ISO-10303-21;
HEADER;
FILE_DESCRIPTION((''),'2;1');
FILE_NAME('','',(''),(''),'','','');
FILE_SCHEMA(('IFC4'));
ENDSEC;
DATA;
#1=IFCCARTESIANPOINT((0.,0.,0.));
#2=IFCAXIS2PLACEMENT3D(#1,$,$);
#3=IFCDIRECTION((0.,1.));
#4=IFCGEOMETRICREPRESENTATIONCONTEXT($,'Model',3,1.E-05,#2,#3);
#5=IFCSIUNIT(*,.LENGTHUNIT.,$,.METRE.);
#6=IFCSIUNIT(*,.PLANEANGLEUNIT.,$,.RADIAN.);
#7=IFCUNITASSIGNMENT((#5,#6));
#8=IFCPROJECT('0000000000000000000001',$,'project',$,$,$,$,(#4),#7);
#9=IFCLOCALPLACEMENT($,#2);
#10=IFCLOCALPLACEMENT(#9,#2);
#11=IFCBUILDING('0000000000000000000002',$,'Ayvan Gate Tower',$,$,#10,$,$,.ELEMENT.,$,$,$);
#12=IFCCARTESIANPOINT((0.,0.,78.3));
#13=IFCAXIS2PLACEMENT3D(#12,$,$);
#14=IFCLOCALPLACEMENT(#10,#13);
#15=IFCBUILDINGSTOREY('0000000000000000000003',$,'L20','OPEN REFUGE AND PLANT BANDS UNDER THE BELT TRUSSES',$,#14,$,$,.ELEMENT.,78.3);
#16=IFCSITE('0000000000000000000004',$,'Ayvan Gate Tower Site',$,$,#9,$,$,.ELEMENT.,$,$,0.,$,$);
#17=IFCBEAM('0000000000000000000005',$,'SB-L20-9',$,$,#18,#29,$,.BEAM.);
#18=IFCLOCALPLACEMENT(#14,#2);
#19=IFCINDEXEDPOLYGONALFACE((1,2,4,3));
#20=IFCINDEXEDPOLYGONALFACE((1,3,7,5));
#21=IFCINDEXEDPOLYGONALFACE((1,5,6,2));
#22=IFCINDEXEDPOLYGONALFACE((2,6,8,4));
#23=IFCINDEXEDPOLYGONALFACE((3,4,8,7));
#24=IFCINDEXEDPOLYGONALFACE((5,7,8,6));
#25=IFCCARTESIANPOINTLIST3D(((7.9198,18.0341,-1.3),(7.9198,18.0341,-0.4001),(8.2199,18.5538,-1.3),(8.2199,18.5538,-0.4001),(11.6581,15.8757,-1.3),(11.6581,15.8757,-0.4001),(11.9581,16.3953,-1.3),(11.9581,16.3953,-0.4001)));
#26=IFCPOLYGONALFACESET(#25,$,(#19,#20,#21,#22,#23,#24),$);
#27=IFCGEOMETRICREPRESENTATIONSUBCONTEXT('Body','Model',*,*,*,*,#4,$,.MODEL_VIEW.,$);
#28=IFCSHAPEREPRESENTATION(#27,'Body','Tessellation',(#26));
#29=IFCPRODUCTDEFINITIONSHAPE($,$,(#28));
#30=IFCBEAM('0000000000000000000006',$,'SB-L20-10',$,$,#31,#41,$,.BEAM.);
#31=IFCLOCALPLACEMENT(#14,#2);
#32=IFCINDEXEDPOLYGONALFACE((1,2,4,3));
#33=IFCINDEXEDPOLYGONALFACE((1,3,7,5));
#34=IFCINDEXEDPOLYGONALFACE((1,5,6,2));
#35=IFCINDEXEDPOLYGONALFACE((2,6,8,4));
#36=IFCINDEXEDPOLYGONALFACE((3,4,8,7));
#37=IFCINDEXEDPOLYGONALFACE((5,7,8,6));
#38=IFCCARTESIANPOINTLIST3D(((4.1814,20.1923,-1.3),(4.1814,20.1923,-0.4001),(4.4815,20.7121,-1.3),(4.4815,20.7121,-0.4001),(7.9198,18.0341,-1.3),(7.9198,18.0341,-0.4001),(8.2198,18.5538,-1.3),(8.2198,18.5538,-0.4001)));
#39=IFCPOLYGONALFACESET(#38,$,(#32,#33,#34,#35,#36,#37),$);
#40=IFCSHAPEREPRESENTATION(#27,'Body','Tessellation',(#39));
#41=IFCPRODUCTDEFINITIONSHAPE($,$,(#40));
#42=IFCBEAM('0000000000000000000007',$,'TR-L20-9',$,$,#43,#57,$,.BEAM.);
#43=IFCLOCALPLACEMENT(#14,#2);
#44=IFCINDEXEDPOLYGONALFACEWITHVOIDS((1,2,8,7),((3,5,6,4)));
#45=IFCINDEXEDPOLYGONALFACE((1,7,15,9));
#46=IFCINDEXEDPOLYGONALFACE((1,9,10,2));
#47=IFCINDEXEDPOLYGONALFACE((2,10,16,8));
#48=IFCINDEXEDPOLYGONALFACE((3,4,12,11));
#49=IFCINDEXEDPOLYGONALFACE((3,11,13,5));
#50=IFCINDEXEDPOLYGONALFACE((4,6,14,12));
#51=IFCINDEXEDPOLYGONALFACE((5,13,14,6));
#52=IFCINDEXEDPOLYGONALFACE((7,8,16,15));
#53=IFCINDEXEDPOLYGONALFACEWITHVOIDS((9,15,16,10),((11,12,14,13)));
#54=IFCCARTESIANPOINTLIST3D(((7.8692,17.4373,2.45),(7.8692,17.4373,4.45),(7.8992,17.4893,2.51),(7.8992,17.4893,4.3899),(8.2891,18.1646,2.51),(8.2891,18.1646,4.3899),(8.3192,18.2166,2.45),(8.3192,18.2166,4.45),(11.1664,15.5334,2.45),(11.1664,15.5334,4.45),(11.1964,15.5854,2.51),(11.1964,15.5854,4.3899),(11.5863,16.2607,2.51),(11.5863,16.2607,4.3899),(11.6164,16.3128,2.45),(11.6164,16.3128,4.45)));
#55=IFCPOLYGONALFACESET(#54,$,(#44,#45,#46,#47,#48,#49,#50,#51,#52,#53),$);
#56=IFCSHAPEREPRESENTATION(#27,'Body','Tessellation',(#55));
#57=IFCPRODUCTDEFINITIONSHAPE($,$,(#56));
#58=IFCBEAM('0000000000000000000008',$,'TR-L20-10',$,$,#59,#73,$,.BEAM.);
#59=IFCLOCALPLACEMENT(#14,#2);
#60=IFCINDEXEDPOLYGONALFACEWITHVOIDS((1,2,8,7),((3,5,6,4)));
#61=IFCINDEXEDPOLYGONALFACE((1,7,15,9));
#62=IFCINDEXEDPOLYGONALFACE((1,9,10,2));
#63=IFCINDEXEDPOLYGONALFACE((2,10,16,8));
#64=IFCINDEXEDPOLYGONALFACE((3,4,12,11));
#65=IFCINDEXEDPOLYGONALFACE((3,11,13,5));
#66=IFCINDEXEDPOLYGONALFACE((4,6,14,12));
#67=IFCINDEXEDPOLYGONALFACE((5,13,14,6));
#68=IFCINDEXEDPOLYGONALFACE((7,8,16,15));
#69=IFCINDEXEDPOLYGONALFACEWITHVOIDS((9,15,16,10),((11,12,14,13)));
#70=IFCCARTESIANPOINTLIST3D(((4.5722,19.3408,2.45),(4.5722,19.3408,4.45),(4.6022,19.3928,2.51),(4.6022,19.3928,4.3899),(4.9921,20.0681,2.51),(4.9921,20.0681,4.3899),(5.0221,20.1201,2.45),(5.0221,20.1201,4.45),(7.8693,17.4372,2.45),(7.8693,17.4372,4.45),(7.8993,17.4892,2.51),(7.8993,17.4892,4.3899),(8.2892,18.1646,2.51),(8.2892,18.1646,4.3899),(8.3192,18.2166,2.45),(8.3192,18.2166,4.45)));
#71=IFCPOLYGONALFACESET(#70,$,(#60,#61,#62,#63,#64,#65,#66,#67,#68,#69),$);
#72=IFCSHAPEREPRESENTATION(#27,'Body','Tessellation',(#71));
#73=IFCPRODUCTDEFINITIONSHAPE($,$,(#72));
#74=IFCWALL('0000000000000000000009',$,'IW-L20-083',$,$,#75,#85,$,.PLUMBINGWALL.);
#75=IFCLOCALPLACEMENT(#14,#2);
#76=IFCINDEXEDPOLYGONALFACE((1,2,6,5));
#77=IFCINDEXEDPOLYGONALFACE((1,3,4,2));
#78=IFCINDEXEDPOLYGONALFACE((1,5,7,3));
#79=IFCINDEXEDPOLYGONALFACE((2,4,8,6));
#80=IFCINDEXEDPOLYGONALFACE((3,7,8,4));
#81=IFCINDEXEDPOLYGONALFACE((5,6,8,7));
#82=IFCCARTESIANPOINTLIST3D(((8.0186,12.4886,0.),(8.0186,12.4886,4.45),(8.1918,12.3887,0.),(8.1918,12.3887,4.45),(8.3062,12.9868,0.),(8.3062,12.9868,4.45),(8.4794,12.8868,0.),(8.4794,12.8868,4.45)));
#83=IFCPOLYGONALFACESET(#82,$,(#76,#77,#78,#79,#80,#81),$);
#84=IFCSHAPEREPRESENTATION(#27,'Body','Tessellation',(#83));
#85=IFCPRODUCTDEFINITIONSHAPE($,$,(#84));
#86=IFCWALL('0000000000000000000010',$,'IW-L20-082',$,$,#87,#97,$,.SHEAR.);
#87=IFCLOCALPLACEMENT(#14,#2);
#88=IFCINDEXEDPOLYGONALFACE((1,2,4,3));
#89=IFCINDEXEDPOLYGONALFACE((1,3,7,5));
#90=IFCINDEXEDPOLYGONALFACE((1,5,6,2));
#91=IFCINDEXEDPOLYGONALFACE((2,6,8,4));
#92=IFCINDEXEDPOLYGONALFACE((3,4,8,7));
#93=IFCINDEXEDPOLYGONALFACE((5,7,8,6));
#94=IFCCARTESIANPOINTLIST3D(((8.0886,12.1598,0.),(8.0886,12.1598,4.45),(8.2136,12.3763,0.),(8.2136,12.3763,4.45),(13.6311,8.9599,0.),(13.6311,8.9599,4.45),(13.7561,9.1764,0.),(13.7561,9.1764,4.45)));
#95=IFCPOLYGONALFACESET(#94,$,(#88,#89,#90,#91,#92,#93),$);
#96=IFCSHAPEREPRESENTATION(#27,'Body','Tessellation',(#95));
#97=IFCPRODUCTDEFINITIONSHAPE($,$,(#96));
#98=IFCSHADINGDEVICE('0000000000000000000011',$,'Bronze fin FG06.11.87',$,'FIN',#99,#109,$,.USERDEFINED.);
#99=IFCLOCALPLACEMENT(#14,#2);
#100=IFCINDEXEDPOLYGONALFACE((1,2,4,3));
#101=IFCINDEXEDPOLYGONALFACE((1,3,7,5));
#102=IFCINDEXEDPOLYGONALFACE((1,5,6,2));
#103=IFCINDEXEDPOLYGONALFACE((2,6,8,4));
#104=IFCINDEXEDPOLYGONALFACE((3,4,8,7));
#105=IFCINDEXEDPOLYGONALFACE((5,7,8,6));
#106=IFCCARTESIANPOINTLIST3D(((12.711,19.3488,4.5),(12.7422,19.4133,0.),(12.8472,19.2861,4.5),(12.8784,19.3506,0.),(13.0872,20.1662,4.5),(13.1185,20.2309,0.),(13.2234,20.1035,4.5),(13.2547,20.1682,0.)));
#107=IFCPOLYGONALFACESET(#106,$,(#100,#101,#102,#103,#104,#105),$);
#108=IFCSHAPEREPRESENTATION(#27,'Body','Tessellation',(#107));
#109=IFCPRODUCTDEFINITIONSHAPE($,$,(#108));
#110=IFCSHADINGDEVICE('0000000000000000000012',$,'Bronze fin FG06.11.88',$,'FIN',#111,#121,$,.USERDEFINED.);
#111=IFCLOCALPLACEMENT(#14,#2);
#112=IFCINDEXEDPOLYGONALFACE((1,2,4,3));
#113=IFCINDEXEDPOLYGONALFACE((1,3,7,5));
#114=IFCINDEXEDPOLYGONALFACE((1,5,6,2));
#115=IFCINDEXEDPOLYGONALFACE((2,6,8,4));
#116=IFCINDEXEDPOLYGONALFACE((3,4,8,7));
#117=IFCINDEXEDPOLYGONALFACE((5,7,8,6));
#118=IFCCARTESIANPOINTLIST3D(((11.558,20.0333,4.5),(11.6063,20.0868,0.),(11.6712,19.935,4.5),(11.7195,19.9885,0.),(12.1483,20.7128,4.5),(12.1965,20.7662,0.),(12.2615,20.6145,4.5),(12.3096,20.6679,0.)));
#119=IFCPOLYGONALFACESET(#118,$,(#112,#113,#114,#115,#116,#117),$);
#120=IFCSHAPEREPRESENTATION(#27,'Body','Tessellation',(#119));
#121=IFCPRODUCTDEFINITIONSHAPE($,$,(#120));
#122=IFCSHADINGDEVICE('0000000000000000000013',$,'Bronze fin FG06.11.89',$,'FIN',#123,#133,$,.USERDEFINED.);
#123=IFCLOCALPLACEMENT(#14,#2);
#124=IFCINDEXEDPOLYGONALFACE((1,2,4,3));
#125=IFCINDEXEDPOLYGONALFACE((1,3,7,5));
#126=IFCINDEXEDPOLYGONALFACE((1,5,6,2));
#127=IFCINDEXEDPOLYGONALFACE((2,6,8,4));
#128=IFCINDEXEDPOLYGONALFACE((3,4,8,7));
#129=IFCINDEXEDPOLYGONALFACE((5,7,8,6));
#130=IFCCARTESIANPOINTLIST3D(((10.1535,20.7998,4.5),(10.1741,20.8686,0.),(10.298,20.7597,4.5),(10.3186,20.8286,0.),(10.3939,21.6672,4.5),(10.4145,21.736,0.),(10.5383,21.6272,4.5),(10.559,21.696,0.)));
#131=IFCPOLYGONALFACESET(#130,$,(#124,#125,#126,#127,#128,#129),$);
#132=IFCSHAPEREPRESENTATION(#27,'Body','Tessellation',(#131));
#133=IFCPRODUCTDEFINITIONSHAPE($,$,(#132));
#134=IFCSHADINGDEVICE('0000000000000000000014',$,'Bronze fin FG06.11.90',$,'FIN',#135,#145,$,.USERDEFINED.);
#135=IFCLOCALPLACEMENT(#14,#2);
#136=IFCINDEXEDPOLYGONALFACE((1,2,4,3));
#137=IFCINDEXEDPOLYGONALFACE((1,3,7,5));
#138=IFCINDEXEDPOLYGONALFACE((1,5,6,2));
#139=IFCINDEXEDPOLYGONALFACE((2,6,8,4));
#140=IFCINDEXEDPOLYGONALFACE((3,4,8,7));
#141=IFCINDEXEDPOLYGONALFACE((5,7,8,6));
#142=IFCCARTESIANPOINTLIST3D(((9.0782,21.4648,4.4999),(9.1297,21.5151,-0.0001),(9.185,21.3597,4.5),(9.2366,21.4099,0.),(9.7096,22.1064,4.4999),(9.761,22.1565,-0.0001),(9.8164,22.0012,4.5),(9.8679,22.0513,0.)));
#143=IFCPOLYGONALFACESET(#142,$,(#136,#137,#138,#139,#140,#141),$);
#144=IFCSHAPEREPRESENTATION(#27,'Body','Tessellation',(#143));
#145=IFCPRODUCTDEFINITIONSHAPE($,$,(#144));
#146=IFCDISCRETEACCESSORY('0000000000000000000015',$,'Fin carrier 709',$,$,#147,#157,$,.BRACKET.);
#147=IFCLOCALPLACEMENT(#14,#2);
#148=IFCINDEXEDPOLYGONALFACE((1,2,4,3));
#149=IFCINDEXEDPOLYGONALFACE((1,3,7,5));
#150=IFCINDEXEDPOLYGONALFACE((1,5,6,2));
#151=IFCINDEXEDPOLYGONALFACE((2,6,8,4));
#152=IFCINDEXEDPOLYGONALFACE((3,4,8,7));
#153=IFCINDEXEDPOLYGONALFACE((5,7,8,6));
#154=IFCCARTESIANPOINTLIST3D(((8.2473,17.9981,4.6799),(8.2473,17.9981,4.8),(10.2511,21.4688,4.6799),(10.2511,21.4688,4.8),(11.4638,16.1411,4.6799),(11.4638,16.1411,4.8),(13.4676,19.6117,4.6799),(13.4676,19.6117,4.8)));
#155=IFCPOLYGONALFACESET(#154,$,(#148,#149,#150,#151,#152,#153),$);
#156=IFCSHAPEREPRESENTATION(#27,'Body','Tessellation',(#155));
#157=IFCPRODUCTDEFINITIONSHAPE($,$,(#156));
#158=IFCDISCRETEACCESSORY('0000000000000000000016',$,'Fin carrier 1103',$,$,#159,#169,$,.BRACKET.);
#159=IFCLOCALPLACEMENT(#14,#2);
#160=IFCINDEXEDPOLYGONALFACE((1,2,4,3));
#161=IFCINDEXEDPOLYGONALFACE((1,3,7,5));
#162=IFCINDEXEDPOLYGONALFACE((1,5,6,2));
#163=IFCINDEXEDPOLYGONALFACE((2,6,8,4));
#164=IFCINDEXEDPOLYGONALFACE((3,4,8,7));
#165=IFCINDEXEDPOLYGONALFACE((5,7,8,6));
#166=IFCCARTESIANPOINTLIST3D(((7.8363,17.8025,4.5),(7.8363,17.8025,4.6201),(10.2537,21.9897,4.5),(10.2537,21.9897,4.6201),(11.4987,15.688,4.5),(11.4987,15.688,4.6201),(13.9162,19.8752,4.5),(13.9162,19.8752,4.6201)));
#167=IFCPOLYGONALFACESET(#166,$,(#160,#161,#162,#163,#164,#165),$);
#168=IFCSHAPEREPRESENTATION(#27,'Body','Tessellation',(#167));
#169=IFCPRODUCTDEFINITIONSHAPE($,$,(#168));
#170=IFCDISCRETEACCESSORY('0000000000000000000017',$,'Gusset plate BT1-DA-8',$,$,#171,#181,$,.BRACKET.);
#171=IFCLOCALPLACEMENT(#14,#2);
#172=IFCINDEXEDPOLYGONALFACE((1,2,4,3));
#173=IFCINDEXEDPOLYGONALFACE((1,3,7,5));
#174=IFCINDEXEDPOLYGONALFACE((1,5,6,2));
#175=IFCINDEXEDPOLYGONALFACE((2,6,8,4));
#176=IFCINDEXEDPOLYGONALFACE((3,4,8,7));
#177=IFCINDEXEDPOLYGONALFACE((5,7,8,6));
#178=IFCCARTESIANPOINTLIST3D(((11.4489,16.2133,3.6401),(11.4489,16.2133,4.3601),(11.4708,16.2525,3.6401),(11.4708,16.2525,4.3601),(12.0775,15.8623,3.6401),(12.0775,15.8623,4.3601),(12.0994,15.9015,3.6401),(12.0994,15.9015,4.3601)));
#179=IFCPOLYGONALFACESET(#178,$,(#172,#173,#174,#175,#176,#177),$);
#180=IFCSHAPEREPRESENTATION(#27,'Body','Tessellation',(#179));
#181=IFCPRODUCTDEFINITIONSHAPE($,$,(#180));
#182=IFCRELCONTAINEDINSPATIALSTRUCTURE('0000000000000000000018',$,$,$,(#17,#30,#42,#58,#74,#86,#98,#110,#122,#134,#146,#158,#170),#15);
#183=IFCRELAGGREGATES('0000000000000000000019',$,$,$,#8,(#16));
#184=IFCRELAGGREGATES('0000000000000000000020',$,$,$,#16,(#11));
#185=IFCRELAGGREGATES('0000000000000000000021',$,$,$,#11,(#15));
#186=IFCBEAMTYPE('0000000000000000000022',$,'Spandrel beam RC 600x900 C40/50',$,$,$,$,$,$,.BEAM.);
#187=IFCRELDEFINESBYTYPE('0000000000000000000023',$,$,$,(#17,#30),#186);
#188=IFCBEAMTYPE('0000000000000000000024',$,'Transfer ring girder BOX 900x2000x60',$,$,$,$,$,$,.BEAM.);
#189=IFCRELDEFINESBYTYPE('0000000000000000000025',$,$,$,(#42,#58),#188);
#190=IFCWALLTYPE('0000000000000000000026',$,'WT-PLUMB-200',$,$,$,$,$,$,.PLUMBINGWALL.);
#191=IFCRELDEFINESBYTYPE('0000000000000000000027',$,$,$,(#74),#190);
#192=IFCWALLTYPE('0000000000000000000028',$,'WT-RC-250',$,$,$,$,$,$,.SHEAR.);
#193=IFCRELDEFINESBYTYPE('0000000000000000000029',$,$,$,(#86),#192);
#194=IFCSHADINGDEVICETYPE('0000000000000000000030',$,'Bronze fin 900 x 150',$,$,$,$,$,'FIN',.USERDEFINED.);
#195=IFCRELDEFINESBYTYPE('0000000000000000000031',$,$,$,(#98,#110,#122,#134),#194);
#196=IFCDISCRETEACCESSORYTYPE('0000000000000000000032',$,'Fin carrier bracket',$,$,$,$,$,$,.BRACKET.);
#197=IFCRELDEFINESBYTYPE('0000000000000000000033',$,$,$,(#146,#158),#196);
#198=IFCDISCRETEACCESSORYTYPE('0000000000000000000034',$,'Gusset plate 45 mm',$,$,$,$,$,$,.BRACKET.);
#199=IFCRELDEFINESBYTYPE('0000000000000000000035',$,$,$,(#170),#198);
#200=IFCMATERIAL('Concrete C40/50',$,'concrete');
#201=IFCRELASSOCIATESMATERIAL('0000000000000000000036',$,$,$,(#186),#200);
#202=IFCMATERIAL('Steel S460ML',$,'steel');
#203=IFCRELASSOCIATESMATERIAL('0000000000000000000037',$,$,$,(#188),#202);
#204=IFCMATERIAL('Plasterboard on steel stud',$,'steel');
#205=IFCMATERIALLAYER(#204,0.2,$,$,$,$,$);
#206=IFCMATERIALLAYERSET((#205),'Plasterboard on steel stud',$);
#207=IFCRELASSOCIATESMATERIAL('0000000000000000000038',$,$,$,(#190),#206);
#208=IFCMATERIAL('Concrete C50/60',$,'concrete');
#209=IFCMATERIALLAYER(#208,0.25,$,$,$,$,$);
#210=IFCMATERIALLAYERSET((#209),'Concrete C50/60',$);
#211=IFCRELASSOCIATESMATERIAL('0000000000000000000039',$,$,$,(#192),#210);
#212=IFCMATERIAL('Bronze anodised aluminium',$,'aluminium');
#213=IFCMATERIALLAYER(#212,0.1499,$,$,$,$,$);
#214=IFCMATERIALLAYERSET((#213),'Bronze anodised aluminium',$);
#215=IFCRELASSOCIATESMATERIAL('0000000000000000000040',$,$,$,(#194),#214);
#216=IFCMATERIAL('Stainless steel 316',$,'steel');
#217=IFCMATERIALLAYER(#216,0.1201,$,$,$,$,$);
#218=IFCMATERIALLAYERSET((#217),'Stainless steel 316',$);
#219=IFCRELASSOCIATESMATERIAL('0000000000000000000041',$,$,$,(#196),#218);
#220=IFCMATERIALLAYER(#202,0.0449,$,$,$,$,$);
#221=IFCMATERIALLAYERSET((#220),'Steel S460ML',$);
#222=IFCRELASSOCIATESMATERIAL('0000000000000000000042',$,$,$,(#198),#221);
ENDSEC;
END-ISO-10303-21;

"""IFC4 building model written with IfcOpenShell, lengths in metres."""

from ifc_helpers import new_model, si_unit, direction, frame, frame_2d, origin, origin_2d, place, context, subcontext, project, spatial, polyline, rectangle, hollow_rectangle, outline, extrude, material, layer, layer_set, material_profile, profile_set, type_object, element, save


model = new_model("IFC4")

# Units and contexts
model_context = context("Model", 3, precision=1e-05, world=origin(), true_north=direction((0.0, 1.0)))
body_context = subcontext(model_context, "Body", "Model", "MODEL_VIEW")
ifc_project = project(units=[si_unit("LENGTHUNIT", "METRE"), si_unit("PLANEANGLEUNIT", "RADIAN")], contexts=[model_context])

# Site, building, storey
site_placement = place(None, origin())
site = spatial("IfcSite", under=ifc_project, at=site_placement, Name="Ayvan Gate Tower Site", CompositionType="ELEMENT", RefElevation=0.0)
building_placement = place(site_placement, origin())
building = spatial("IfcBuilding", under=site, at=building_placement, Name="Ayvan Gate Tower", CompositionType="ELEMENT")
storey_placement = place(building_placement, frame((0.0, 0.0, 78.3)))
storey = spatial("IfcBuildingStorey", under=building, at=storey_placement, Name="L20", Description="OPEN REFUGE AND PLANT BANDS UNDER THE BELT TRUSSES", CompositionType="ELEMENT", Elevation=78.3)

# Shared definitions
ifc_material_1 = material(Name="Steel S460ML", Category="steel")

# Beams
ifc_material_2 = material(Name="Concrete C40/50", Category="concrete")
ifc_material_profile_1 = material_profile(ifc_material_2, rectangle(XDim=0.6001, YDim=0.8999, at=origin_2d()), Name="RC 600x900")
ifc_profile_set_1 = profile_set([ifc_material_profile_1], Name="Concrete C40/50")
beam_type_1 = type_object("IfcBeamType", Name="Spandrel beam RC 600x900 C40/50", PredefinedType="BEAM", material=ifc_profile_set_1)
for number, where, z_axis, x_axis, name in (
    (1, (11.8081, 16.1355, -0.8501), (-0.86601, 0.500026, 0.0), (-0.500026, -0.86601, 0.0), "SB-L20-9"),
    (2, (8.0698, 18.2939, -0.8501), (-0.866035, 0.499984, 0.0), (-0.499984, -0.866035, 0.0), "SB-L20-10"),
):
    element("IfcBeam", number, at=place(storey_placement, frame(where, z_axis=z_axis, x_axis=x_axis)), inside=storey, type_object=beam_type_1, Name=name, PredefinedType="BEAM", context=body_context, shape_type="SweptSolid", body=[
        extrude(rectangle(XDim=0.6001, YDim=0.8999, at=origin_2d()), origin(), (0.0, 0.0, 1.0), 4.3167),
    ])
ifc_material_profile_2 = material_profile(ifc_material_1, hollow_rectangle(XDim=0.8999, YDim=2.0, WallThickness=0.0601, at=origin_2d()), Name="BOX 900x2000x60")
ifc_profile_set_2 = profile_set([ifc_material_profile_2], Name="Steel S460ML")
beam_type_2 = type_object("IfcBeamType", Name="Transfer ring girder BOX 900x2000x60", PredefinedType="BEAM", material=ifc_profile_set_2)
beam_1_placement = place(storey_placement, frame((11.3914, 15.9231, 3.45), z_axis=(-0.866001, 0.500043, 0.0), x_axis=(-0.500043, -0.866001, 0.0)))
element("IfcBeam", 3, at=beam_1_placement, inside=storey, type_object=beam_type_2, Name="TR-L20-9", PredefinedType="BEAM", context=body_context, shape_type="SweptSolid", body=[
    extrude(hollow_rectangle(XDim=0.8999, YDim=2.0, WallThickness=0.0601, at=origin_2d()), origin(), (0.0, 0.0, 1.0), 3.8074),
])
beam_2_placement = place(storey_placement, frame((8.0942, 17.8269, 3.45), z_axis=(-0.866029, 0.499994, 0.0), x_axis=(-0.499994, -0.866029, 0.0)))
element("IfcBeam", 4, at=beam_2_placement, inside=storey, type_object=beam_type_2, Name="TR-L20-10", PredefinedType="BEAM", context=body_context, shape_type="SweptSolid", body=[
    extrude(hollow_rectangle(XDim=0.8999, YDim=2.0, WallThickness=0.0601, at=origin_2d()), origin(), (0.0, 0.0, 1.0), 3.8071),
])

# Walls
ifc_material_3 = material(Name="Plasterboard on steel stud", Category="steel")
ifc_layer_1 = layer(ifc_material_3, 0.2)
ifc_layer_set_1 = layer_set([ifc_layer_1], Name="Plasterboard on steel stud")
wall_type_1 = type_object("IfcWallType", Name="WT-PLUMB-200", PredefinedType="PLUMBINGWALL", material=ifc_layer_set_1)
wall_1_placement = place(storey_placement, frame((8.3928, 12.9368, 0.0), z_axis=(0.0, 0.0, 1.0), x_axis=(-0.500065, -0.865988, 0.0)))
element("IfcWall", 5, at=wall_1_placement, inside=storey, type_object=wall_type_1, Name="IW-L20-083", PredefinedType="PLUMBINGWALL", context=body_context, shape_type="SweptSolid", body=[
    extrude(rectangle(XDim=0.5752, YDim=0.2, at=frame_2d((0.2876, 0.0))), origin(), (0.0, 0.0, 1.0), 4.45),
])
ifc_material_4 = material(Name="Concrete C50/60", Category="concrete")
ifc_layer_2 = layer(ifc_material_4, 0.25)
ifc_layer_set_2 = layer_set([ifc_layer_2], Name="Concrete C50/60")
wall_type_2 = type_object("IfcWallType", Name="WT-RC-250", PredefinedType="SHEAR", material=ifc_layer_set_2)
wall_2_placement = place(storey_placement, frame((8.1511, 12.2681, 0.0), z_axis=(0.0, 0.0, 1.0), x_axis=(0.866025, -0.5, 0.0)))
element("IfcWall", 6, at=wall_2_placement, inside=storey, type_object=wall_type_2, Name="IW-L20-082", PredefinedType="SHEAR", context=body_context, shape_type="SweptSolid", body=[
    extrude(rectangle(XDim=6.3999, YDim=0.25, at=frame_2d((3.2, 0.0))), origin(), (0.0, 0.0, 1.0), 4.45),
])

# Shading devices
ifc_material_5 = material(Name="Bronze anodised aluminium", Category="aluminium")
ifc_layer_3 = layer(ifc_material_5, 0.1499)
ifc_layer_set_3 = layer_set([ifc_layer_3], Name="Bronze anodised aluminium")
shading_device_type = type_object("IfcShadingDeviceType", Name="Bronze fin 900 x 150", ElementType="FIN", PredefinedType="USERDEFINED", material=ifc_layer_set_3)
shading_device_1_placement = place(storey_placement, frame((12.8784, 19.3506, 0.0), z_axis=(0.908419, -0.41806, 0.000309), x_axis=(0.41806, 0.908419, 0.0)))
element("IfcShadingDevice", 7, at=shading_device_1_placement, inside=storey, type_object=shading_device_type, Name="Bronze fin FG06.11.87", ObjectType="FIN", PredefinedType="USERDEFINED", context=body_context, shape_type="SweptSolid", body=[
    extrude(outline(polyline([(0.0, 0.0), (0.9, 0.0), (0.8282, 4.5), (-0.0716, 4.5), (0.0, 0.0)])), origin(), (0.0, 0.0, -1.0), 0.1499),
])
shading_device_2_placement = place(storey_placement, frame((11.7195, 19.9885, 0.0), z_axis=(0.754941, -0.655792, 0.000297), x_axis=(0.655792, 0.754941, 0.0)))
element("IfcShadingDevice", 8, at=shading_device_2_placement, inside=storey, type_object=shading_device_type, Name="Bronze fin FG06.11.88", ObjectType="FIN", PredefinedType="USERDEFINED", context=body_context, shape_type="SweptSolid", body=[
    extrude(outline(polyline([(0.0, 0.0), (0.8999, 0.0), (0.828, 4.5), (-0.0721, 4.5), (0.0, 0.0)])), origin(), (0.0, 0.0, -1.0), 0.1499),
])
shading_device_3_placement = place(storey_placement, frame((10.3186, 20.8286, 0.0), z_axis=(0.963689, -0.267028, 0.000333), x_axis=(0.267028, 0.963689, 0.0)))
element("IfcShadingDevice", 9, at=shading_device_3_placement, inside=storey, type_object=shading_device_type, Name="Bronze fin FG06.11.89", ObjectType="FIN", PredefinedType="USERDEFINED", context=body_context, shape_type="SweptSolid", body=[
    extrude(outline(polyline([(0.0, 0.0), (0.9001, 0.0), (0.8283, 4.5), (-0.0719, 4.5), (0.0, 0.0)])), origin(), (0.0, 0.0, -1.0), 0.1499),
])
shading_device_4_placement = place(storey_placement, frame((9.2366, 21.4099, 0.0), z_axis=(0.712713, -0.701456, 0.000338), x_axis=(0.701456, 0.712713, 0.0)))
element("IfcShadingDevice", 10, at=shading_device_4_placement, inside=storey, type_object=shading_device_type, Name="Bronze fin FG06.11.90", ObjectType="FIN", PredefinedType="USERDEFINED", context=body_context, shape_type="SweptSolid", body=[
    extrude(outline(polyline([(0.0, 0.0), (0.9, 0.0), (0.8282, 4.5), (-0.072, 4.5), (0.0, 0.0)])), origin(), (0.0, 0.0, -1.0), 0.1499),
])

# Discrete accessories
ifc_material_6 = material(Name="Stainless steel 316", Category="steel")
ifc_layer_4 = layer(ifc_material_6, 0.1201)
ifc_layer_set_4 = layer_set([ifc_layer_4], Name="Stainless steel 316")
discrete_accessory_type_1 = type_object("IfcDiscreteAccessoryType", Name="Fin carrier bracket", PredefinedType="BRACKET", material=ifc_layer_set_4)
discrete_accessory_1_placement = place(storey_placement, frame((10.8574, 18.8049, 4.6799), z_axis=(0.0, 0.0, 1.0), x_axis=(-0.866025, 0.5, 0.0)))
element("IfcDiscreteAccessory", 11, at=discrete_accessory_1_placement, inside=storey, type_object=discrete_accessory_type_1, Name="Fin carrier 709", PredefinedType="BRACKET", context=body_context, shape_type="SweptSolid", body=[
    extrude(rectangle(XDim=3.7141, YDim=4.0076, at=origin_2d()), origin(), (0.0, 0.0, 1.0), 0.1201),
])
discrete_accessory_2_placement = place(storey_placement, frame((10.8762, 18.8389, 4.5), z_axis=(0.0, 0.0, 1.0), x_axis=(-0.866025, 0.5, 0.0)))
element("IfcDiscreteAccessory", 12, at=discrete_accessory_2_placement, inside=storey, type_object=discrete_accessory_type_1, Name="Fin carrier 1103", PredefinedType="BRACKET", context=body_context, shape_type="SweptSolid", body=[
    extrude(rectangle(XDim=4.229, YDim=4.835, at=origin_2d()), origin(), (0.0, 0.0, 1.0), 0.1201),
])
ifc_layer_5 = layer(ifc_material_1, 0.0449)
ifc_layer_set_5 = layer_set([ifc_layer_5], Name="Steel S460ML")
discrete_accessory_type_2 = type_object("IfcDiscreteAccessoryType", Name="Gusset plate 45 mm", PredefinedType="BRACKET", material=ifc_layer_set_5)
for number, where, z_axis, x_axis, name in (
    (13, (11.7742, 16.0574, 3.6401), (0.0, 0.0, 1.0), (-0.873116, 0.487512, 0.0), "Gusset plate BT1-DA-8"),
):
    element("IfcDiscreteAccessory", number, at=place(storey_placement, frame(where, z_axis=z_axis, x_axis=x_axis)), inside=storey, type_object=discrete_accessory_type_2, Name=name, PredefinedType="BRACKET", context=body_context, shape_type="SweptSolid", body=[
        extrude(rectangle(XDim=0.72, YDim=0.0449, at=origin_2d()), origin(), (0.0, 0.0, 1.0), 0.72),
    ])

save(model, "model.ifc")
